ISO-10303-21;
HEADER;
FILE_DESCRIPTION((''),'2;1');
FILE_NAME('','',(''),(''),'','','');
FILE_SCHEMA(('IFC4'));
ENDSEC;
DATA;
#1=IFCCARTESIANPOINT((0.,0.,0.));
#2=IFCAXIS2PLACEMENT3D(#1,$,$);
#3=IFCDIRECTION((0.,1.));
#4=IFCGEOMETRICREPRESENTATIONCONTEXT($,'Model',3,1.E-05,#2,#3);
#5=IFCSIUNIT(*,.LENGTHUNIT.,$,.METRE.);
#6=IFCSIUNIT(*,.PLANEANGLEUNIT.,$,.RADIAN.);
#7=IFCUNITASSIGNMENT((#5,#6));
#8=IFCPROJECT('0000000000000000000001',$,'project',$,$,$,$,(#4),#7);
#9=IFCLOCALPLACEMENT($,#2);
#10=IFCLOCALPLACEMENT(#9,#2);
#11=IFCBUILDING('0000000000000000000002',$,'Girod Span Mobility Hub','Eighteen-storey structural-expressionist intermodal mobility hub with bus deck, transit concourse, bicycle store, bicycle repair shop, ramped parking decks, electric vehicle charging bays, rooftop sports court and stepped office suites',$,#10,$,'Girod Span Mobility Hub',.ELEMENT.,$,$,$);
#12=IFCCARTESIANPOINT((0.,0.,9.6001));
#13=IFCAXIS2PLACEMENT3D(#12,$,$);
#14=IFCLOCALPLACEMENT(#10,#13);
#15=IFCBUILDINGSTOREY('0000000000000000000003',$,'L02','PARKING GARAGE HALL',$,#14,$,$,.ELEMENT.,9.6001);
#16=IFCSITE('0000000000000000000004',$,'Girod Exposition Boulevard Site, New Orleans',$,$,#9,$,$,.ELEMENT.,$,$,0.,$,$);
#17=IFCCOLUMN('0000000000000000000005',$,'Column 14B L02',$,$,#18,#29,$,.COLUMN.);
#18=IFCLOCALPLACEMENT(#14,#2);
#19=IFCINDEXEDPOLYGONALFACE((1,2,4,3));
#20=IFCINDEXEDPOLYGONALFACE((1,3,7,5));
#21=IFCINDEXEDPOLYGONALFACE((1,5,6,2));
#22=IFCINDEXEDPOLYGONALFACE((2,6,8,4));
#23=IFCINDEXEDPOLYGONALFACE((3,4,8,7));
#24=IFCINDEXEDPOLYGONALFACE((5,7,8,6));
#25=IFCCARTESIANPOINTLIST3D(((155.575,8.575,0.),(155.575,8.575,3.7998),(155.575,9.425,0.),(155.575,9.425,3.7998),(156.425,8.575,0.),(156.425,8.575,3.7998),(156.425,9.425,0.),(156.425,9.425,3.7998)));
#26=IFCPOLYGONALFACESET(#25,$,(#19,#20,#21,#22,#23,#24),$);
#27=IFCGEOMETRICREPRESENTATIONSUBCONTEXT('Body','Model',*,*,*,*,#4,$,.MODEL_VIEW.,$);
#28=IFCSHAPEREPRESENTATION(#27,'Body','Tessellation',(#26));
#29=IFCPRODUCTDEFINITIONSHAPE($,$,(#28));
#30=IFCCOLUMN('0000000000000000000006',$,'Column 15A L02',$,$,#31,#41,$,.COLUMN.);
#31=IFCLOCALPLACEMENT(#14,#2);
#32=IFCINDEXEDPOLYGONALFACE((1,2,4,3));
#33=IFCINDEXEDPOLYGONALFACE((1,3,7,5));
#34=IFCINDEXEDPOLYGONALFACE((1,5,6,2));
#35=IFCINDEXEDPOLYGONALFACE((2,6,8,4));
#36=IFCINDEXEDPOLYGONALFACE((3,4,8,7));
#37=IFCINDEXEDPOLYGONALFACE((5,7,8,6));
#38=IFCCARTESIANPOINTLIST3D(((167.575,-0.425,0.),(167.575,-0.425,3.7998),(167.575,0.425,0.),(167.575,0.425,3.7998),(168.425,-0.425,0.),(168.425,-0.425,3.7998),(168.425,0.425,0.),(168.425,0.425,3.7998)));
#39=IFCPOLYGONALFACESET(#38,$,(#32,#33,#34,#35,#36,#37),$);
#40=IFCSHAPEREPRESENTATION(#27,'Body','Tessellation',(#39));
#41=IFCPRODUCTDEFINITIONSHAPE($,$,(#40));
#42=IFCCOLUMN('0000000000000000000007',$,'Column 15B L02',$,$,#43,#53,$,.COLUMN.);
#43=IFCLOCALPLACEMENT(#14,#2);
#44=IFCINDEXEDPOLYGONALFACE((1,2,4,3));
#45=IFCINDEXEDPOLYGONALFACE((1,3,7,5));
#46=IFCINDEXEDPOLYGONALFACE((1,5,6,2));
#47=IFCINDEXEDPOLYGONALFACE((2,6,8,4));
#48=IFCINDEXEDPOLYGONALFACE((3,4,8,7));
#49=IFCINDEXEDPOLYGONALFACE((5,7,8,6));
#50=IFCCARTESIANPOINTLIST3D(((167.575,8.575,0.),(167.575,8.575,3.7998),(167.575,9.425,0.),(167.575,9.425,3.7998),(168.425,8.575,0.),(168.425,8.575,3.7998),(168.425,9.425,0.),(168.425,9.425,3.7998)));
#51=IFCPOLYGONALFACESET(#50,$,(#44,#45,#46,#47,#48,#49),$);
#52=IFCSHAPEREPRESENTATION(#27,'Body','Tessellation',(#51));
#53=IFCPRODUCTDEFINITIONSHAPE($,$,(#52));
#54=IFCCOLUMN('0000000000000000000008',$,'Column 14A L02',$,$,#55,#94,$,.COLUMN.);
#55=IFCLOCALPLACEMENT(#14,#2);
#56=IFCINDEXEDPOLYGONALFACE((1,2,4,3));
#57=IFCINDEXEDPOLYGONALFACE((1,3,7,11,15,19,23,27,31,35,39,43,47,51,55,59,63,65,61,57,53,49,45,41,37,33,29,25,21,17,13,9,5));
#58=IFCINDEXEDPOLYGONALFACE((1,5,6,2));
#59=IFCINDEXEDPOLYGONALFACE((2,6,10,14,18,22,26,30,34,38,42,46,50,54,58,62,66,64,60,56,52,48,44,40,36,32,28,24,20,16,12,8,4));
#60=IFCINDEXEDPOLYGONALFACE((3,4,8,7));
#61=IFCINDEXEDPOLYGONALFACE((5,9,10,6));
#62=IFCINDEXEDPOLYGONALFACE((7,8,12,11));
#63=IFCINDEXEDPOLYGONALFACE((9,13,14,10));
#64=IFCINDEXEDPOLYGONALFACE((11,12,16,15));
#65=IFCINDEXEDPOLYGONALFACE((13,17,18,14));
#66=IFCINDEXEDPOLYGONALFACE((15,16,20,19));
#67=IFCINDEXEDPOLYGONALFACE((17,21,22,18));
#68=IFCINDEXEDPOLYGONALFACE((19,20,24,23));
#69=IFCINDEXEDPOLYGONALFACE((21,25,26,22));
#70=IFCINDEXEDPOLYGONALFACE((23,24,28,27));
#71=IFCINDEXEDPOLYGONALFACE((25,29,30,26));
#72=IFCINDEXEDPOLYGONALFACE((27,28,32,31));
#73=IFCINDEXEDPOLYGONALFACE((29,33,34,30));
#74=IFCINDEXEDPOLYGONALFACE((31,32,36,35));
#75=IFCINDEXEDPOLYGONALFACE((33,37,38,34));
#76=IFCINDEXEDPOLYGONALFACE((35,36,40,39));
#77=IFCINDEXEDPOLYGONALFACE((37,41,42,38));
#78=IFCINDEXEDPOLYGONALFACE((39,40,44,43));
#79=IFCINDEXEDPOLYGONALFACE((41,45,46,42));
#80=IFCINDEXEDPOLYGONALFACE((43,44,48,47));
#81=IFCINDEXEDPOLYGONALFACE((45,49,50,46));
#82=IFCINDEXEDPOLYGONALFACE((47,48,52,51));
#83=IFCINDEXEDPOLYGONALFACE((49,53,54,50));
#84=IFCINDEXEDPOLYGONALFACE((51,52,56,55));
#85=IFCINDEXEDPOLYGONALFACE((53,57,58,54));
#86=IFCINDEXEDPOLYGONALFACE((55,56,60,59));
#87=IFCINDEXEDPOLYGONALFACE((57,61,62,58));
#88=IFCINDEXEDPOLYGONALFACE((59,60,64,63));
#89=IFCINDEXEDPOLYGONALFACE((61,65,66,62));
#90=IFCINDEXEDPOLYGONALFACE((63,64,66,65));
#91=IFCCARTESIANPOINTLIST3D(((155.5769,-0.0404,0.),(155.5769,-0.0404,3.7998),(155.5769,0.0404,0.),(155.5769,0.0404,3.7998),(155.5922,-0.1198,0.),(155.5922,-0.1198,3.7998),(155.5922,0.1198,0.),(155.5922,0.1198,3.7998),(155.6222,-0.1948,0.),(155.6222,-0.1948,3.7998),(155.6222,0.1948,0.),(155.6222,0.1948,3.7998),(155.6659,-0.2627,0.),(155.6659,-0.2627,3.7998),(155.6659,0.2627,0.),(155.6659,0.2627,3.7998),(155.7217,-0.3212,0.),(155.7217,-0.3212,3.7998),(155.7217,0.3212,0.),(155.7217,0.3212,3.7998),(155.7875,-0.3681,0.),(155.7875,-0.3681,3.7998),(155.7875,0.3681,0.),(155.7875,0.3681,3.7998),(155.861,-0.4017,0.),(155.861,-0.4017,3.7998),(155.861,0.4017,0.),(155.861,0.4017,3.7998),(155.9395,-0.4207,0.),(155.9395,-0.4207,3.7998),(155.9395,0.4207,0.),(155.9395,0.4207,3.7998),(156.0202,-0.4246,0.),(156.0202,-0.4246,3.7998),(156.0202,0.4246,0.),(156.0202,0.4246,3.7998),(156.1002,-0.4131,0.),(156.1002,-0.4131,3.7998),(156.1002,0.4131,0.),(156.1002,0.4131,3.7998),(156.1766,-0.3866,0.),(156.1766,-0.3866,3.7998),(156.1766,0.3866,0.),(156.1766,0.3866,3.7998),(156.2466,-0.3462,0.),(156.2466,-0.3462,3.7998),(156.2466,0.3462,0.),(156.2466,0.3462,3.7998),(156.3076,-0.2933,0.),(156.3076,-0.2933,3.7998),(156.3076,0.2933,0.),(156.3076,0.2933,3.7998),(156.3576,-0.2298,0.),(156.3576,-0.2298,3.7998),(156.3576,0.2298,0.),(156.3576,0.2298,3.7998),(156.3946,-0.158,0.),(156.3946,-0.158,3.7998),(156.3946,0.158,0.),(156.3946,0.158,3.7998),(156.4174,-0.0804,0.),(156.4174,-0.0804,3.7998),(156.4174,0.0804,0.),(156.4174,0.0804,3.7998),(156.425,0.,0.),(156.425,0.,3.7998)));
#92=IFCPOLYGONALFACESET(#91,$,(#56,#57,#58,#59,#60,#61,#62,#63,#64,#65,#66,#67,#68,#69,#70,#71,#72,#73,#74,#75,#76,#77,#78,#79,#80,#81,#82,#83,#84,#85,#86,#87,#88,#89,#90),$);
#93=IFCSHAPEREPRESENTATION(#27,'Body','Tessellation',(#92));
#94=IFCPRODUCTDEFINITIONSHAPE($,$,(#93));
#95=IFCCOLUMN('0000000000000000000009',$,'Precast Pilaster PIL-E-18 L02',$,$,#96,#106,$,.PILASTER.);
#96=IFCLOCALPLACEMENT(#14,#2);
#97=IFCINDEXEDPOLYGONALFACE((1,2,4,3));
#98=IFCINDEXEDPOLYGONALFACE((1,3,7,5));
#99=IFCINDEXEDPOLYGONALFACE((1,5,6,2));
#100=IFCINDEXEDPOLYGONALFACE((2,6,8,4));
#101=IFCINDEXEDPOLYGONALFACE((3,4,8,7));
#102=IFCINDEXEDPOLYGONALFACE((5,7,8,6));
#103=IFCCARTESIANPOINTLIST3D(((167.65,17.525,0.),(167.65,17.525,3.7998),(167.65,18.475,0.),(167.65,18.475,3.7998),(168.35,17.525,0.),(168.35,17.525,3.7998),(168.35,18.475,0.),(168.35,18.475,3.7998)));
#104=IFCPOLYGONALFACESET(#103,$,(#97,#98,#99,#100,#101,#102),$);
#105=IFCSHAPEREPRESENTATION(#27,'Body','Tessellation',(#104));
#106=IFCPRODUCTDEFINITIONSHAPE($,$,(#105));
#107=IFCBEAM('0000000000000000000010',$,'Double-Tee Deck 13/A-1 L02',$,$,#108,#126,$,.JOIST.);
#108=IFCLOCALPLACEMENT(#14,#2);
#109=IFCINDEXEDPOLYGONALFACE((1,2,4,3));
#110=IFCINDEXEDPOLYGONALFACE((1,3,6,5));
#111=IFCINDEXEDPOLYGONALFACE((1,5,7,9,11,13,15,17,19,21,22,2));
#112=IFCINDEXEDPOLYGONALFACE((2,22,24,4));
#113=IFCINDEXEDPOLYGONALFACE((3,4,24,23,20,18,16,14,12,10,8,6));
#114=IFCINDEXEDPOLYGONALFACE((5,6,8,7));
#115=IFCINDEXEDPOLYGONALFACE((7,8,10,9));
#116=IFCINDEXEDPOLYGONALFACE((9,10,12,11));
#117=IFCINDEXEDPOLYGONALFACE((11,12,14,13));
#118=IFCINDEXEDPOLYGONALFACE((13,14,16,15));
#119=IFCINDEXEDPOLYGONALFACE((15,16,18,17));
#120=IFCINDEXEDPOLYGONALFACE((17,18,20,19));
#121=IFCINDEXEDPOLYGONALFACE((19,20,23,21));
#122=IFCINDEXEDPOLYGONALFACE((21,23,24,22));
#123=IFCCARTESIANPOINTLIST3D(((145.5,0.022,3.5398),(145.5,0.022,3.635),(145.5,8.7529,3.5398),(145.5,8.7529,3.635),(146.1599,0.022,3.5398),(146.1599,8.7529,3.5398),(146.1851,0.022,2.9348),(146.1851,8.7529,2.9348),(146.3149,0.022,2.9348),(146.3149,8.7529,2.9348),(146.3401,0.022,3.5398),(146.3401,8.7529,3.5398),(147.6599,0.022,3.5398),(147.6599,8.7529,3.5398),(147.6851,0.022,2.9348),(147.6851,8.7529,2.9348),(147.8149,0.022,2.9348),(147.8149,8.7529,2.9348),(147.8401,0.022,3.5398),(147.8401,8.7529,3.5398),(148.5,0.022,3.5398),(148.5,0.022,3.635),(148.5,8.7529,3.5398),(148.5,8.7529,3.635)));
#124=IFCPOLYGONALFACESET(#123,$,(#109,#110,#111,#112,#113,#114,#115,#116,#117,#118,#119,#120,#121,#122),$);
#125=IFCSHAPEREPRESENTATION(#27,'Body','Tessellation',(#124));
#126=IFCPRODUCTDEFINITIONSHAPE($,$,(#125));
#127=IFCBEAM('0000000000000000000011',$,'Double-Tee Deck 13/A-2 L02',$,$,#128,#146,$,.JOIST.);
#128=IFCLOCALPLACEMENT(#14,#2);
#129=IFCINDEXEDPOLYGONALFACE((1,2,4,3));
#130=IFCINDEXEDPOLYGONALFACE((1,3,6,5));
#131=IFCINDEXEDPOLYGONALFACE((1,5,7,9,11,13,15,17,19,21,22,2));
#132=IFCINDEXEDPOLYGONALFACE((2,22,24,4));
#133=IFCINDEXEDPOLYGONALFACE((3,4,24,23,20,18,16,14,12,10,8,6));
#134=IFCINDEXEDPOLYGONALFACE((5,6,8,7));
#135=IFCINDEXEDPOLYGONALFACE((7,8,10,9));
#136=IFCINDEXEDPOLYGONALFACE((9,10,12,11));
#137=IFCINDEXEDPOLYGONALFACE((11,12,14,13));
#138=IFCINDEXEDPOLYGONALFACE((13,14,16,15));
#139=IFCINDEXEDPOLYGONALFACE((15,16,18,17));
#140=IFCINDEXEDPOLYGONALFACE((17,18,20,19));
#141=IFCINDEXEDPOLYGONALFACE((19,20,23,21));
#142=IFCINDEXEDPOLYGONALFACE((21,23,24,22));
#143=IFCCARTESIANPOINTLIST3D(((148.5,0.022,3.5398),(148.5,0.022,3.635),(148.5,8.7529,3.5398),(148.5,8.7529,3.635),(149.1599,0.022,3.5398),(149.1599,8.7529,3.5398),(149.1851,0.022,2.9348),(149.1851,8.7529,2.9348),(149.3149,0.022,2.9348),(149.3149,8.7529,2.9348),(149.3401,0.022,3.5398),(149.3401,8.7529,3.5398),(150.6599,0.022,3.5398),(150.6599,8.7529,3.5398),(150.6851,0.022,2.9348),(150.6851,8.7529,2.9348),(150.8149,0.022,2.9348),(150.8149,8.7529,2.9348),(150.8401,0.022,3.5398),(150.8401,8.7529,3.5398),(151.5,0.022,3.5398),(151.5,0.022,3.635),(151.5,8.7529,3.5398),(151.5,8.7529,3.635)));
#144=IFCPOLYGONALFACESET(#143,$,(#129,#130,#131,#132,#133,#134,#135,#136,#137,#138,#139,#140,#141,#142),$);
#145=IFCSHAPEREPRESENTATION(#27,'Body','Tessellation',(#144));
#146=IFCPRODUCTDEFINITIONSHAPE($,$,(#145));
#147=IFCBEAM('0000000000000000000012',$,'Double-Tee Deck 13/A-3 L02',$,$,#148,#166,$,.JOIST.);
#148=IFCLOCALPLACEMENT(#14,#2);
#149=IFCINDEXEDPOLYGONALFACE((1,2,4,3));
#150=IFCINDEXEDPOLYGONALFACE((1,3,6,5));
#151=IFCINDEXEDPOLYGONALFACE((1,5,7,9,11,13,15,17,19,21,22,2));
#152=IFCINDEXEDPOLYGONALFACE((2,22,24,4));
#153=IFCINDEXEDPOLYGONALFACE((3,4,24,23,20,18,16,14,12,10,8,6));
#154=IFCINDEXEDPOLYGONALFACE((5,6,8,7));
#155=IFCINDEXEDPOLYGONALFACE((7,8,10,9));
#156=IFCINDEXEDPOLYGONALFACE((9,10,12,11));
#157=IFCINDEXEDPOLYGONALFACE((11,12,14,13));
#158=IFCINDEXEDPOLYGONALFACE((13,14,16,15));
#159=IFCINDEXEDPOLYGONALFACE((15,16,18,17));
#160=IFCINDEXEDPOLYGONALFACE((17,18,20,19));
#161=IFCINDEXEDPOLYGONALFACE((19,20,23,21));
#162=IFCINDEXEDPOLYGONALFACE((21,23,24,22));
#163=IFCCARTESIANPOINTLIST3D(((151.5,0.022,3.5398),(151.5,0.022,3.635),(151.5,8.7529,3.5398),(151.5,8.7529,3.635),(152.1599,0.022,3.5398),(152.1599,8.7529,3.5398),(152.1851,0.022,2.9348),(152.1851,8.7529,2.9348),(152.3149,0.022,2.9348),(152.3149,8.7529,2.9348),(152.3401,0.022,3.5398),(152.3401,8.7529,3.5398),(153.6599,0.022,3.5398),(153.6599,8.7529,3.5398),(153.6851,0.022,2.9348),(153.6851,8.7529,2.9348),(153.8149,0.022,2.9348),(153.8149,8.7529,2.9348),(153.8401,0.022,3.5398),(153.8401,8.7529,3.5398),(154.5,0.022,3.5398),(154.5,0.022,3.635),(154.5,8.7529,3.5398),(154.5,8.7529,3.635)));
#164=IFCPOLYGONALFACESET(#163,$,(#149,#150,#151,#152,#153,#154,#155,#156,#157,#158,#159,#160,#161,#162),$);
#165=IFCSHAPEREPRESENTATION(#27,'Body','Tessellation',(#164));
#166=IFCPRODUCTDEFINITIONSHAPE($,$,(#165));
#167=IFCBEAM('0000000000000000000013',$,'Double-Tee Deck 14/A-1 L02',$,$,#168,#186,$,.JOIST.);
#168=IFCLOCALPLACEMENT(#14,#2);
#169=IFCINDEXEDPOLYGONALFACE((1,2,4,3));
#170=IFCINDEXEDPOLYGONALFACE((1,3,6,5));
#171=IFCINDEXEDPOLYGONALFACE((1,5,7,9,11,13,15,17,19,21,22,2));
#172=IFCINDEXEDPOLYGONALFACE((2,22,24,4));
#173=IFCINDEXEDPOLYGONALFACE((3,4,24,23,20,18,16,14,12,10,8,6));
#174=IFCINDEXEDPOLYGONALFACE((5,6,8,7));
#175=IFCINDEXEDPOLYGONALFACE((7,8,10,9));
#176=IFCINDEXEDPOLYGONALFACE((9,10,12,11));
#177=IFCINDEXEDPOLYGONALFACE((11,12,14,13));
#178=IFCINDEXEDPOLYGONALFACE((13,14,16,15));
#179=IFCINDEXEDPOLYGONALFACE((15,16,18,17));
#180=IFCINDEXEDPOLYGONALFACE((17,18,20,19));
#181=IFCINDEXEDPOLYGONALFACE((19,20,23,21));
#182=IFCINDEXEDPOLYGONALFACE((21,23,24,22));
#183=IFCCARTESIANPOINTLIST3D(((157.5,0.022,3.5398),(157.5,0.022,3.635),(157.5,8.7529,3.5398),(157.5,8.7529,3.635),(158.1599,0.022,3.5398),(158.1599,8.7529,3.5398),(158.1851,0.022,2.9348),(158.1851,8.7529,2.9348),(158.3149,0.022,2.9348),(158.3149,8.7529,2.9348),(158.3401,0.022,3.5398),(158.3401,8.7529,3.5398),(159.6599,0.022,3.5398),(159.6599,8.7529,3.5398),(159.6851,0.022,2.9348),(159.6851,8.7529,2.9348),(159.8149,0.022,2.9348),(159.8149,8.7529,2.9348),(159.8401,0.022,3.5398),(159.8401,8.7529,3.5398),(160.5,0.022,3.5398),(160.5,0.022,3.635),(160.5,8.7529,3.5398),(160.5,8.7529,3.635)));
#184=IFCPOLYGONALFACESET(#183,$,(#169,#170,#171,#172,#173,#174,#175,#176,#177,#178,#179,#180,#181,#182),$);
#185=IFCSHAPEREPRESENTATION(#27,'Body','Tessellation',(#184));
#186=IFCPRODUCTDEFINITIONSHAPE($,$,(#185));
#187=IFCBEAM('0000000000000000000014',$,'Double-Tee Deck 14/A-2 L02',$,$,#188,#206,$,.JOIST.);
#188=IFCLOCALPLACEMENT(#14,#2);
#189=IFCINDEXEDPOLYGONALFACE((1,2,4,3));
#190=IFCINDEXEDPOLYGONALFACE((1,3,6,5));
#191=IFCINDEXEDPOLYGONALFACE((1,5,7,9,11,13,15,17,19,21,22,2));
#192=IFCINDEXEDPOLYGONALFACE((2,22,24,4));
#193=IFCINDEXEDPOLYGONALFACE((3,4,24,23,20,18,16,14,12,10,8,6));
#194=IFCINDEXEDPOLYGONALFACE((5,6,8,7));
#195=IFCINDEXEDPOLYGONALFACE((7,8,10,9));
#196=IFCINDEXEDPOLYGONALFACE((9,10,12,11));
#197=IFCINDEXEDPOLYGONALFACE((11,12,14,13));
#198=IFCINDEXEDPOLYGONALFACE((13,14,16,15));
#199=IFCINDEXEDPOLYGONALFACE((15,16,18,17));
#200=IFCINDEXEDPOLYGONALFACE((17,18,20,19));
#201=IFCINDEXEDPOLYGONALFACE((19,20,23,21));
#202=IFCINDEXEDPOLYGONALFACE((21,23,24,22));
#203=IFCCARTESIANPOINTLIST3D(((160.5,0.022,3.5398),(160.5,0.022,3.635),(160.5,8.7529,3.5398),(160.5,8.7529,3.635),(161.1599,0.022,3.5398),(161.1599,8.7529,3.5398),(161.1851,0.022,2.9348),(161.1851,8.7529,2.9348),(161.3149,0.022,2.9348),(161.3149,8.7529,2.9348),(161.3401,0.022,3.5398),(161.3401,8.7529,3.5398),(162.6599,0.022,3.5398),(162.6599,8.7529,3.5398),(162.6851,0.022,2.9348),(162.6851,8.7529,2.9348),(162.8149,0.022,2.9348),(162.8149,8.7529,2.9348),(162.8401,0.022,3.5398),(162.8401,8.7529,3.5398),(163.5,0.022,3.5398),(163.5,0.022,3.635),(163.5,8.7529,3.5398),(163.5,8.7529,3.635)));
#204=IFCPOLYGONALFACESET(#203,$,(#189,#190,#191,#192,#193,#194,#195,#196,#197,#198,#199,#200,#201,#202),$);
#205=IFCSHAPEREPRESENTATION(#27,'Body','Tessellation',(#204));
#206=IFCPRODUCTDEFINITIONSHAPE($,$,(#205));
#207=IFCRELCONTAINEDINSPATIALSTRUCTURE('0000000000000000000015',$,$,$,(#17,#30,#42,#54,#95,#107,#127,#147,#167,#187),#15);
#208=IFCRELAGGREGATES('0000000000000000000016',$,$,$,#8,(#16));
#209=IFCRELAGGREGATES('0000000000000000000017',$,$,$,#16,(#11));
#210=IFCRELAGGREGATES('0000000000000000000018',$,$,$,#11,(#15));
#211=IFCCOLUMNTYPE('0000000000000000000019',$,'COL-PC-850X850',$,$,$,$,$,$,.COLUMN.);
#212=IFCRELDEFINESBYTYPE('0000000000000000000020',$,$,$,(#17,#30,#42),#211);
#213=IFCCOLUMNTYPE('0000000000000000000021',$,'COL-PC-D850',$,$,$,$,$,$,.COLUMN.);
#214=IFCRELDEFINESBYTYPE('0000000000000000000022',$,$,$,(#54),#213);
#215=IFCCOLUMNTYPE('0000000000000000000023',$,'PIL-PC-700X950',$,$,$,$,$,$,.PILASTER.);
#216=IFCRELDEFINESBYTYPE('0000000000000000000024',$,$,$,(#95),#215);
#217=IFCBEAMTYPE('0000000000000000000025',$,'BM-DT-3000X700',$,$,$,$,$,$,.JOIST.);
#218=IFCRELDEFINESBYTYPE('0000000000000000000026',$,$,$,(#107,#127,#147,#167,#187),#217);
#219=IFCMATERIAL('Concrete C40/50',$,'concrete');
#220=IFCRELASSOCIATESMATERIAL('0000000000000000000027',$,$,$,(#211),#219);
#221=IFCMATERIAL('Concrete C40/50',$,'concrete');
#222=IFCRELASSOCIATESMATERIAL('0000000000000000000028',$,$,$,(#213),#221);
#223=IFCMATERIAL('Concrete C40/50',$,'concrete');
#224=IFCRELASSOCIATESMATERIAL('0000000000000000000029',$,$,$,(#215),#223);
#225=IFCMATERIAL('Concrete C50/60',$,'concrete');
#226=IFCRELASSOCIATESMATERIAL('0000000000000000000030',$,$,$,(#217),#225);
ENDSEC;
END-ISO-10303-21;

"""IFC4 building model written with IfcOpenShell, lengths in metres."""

from ifc_helpers import new_model, si_unit, direction, frame, origin, origin_2d, place, context, subcontext, project, spatial, polyline, rectangle, circle, outline, extrude, material, material_profile, profile_set, type_object, element, save


model = new_model("IFC4")

# Units and contexts
model_context = context("Model", 3, precision=1e-05, world=origin(), true_north=direction((0.0, 1.0)))
body_context = subcontext(model_context, "Body", "Model", "MODEL_VIEW")
ifc_project = project(units=[si_unit("LENGTHUNIT", "METRE"), si_unit("PLANEANGLEUNIT", "RADIAN")], contexts=[model_context])

# Site, building, storey
site_placement = place(None, origin())
site = spatial("IfcSite", under=ifc_project, at=site_placement, Name="Girod Exposition Boulevard Site, New Orleans", CompositionType="ELEMENT", RefElevation=0.0)
building_placement = place(site_placement, origin())
building = spatial("IfcBuilding", under=site, at=building_placement, Name="Girod Span Mobility Hub", Description="Eighteen-storey structural-expressionist intermodal mobility hub with bus deck, transit concourse, bicycle store, bicycle repair shop, ramped parking decks, electric vehicle charging bays, rooftop sports court and stepped office suites", LongName="Girod Span Mobility Hub", CompositionType="ELEMENT")
storey_placement = place(building_placement, frame((0.0, 0.0, 9.6001)))
storey = spatial("IfcBuildingStorey", under=building, at=storey_placement, Name="L02", Description="PARKING GARAGE HALL", CompositionType="ELEMENT", Elevation=9.6001)

# Columns
ifc_material_1 = material(Name="Concrete C40/50", Category="concrete")
ifc_material_profile_1 = material_profile(ifc_material_1, rectangle(XDim=0.8501, YDim=0.8501, at=origin_2d()), Name="PC-COL-850X850")
ifc_profile_set_1 = profile_set([ifc_material_profile_1], Name="Concrete C40/50")
column_type_1 = type_object("IfcColumnType", Name="COL-PC-850X850", PredefinedType="COLUMN", material=ifc_profile_set_1)
for number, where, z_axis, x_axis, name in (
    (1, (156.0, 9.0, 0.0), (0.0, 0.0, 1.0), (1.0, 0.0, 0.0), "Column 14B L02"),
    (2, (168.0, 0.0, 0.0), (0.0, 0.0, 1.0), (1.0, 0.0, 0.0), "Column 15A L02"),
    (3, (168.0, 9.0, 0.0), (0.0, 0.0, 1.0), (1.0, 0.0, 0.0), "Column 15B L02"),
):
    element("IfcColumn", number, at=place(storey_placement, frame(where, z_axis=z_axis, x_axis=x_axis)), inside=storey, type_object=column_type_1, Name=name, PredefinedType="COLUMN", context=body_context, shape_type="SweptSolid", body=[
        extrude(rectangle(XDim=0.8501, YDim=0.8501, at=origin_2d()), origin(), (0.0, 0.0, 1.0), 3.7998),
    ])
ifc_material_2 = material(Name="Concrete C40/50", Category="concrete")
ifc_material_profile_2 = material_profile(ifc_material_2, circle(Radius=0.425, at=origin_2d()), Name="PC-CIR-D850")
ifc_profile_set_2 = profile_set([ifc_material_profile_2], Name="Concrete C40/50")
column_type_2 = type_object("IfcColumnType", Name="COL-PC-D850", PredefinedType="COLUMN", material=ifc_profile_set_2)
column_1_placement = place(storey_placement, frame((156.0, 0.0, 0.0), z_axis=(0.0, 0.0, 1.0), x_axis=(1.0, 0.0, 0.0)))
element("IfcColumn", 4, at=column_1_placement, inside=storey, type_object=column_type_2, Name="Column 14A L02", PredefinedType="COLUMN", context=body_context, shape_type="SweptSolid", body=[
    extrude(circle(Radius=0.425, at=origin_2d()), origin(), (0.0, 0.0, 1.0), 3.7998),
])
ifc_material_3 = material(Name="Concrete C40/50", Category="concrete")
ifc_material_profile_3 = material_profile(ifc_material_3, rectangle(XDim=0.7, YDim=0.95, at=origin_2d()), Name="PC-PIL-700X950")
ifc_profile_set_3 = profile_set([ifc_material_profile_3], Name="Concrete C40/50")
column_type_3 = type_object("IfcColumnType", Name="PIL-PC-700X950", PredefinedType="PILASTER", material=ifc_profile_set_3)
column_2_placement = place(storey_placement, frame((168.0, 18.0, 0.0), z_axis=(0.0, 0.0, 1.0), x_axis=(1.0, 0.0, 0.0)))
element("IfcColumn", 5, at=column_2_placement, inside=storey, type_object=column_type_3, Name="Precast Pilaster PIL-E-18 L02", PredefinedType="PILASTER", context=body_context, shape_type="SweptSolid", body=[
    extrude(rectangle(XDim=0.7, YDim=0.95, at=origin_2d()), origin(), (0.0, 0.0, 1.0), 3.7998),
])

# Beams
ifc_material_4 = material(Name="Concrete C50/60", Category="concrete")
ifc_material_profile_4 = material_profile(ifc_material_4, outline(polyline([(-1.5, 0.3501), (-1.5, 0.2549), (-0.8401, 0.2549), (-0.8149, -0.3501), (-0.6851, -0.3501), (-0.6599, 0.2549), (0.6599, 0.2549), (0.6851, -0.3501), (0.8149, -0.3501), (0.8401, 0.2549), (1.5, 0.2549), (1.5, 0.3501), (-1.5, 0.3501)])), Name="DT-3000X700")
ifc_profile_set_4 = profile_set([ifc_material_profile_4], Name="Concrete C50/60")
beam_type_1 = type_object("IfcBeamType", Name="BM-DT-3000X700", PredefinedType="JOIST", material=ifc_profile_set_4)
for number, where, z_axis, x_axis, name in (
    (6, (147.0, 0.022, 3.2849), (0.0, 1.0, 0.0), (-1.0, 0.0, 0.0), "Double-Tee Deck 13/A-1 L02"),
    (7, (150.0, 0.022, 3.2849), (0.0, 1.0, 0.0), (-1.0, 0.0, 0.0), "Double-Tee Deck 13/A-2 L02"),
    (8, (153.0, 0.022, 3.2849), (0.0, 1.0, 0.0), (-1.0, 0.0, 0.0), "Double-Tee Deck 13/A-3 L02"),
    (9, (159.0, 0.022, 3.2849), (0.0, 1.0, 0.0), (-1.0, 0.0, 0.0), "Double-Tee Deck 14/A-1 L02"),
    (10, (162.0, 0.022, 3.2849), (0.0, 1.0, 0.0), (-1.0, 0.0, 0.0), "Double-Tee Deck 14/A-2 L02"),
):
    element("IfcBeam", number, at=place(storey_placement, frame(where, z_axis=z_axis, x_axis=x_axis)), inside=storey, type_object=beam_type_1, Name=name, PredefinedType="JOIST", context=body_context, shape_type="SweptSolid", body=[
        extrude(outline(polyline([(-1.5, 0.3501), (-1.5, 0.2549), (-0.8401, 0.2549), (-0.8149, -0.3501), (-0.6851, -0.3501), (-0.6599, 0.2549), (0.6599, 0.2549), (0.6851, -0.3501), (0.8149, -0.3501), (0.8401, 0.2549), (1.5, 0.2549), (1.5, 0.3501), (-1.5, 0.3501)])), origin(), (0.0, 0.0, 1.0), 8.731),
    ])

save(model, "model.ifc")
